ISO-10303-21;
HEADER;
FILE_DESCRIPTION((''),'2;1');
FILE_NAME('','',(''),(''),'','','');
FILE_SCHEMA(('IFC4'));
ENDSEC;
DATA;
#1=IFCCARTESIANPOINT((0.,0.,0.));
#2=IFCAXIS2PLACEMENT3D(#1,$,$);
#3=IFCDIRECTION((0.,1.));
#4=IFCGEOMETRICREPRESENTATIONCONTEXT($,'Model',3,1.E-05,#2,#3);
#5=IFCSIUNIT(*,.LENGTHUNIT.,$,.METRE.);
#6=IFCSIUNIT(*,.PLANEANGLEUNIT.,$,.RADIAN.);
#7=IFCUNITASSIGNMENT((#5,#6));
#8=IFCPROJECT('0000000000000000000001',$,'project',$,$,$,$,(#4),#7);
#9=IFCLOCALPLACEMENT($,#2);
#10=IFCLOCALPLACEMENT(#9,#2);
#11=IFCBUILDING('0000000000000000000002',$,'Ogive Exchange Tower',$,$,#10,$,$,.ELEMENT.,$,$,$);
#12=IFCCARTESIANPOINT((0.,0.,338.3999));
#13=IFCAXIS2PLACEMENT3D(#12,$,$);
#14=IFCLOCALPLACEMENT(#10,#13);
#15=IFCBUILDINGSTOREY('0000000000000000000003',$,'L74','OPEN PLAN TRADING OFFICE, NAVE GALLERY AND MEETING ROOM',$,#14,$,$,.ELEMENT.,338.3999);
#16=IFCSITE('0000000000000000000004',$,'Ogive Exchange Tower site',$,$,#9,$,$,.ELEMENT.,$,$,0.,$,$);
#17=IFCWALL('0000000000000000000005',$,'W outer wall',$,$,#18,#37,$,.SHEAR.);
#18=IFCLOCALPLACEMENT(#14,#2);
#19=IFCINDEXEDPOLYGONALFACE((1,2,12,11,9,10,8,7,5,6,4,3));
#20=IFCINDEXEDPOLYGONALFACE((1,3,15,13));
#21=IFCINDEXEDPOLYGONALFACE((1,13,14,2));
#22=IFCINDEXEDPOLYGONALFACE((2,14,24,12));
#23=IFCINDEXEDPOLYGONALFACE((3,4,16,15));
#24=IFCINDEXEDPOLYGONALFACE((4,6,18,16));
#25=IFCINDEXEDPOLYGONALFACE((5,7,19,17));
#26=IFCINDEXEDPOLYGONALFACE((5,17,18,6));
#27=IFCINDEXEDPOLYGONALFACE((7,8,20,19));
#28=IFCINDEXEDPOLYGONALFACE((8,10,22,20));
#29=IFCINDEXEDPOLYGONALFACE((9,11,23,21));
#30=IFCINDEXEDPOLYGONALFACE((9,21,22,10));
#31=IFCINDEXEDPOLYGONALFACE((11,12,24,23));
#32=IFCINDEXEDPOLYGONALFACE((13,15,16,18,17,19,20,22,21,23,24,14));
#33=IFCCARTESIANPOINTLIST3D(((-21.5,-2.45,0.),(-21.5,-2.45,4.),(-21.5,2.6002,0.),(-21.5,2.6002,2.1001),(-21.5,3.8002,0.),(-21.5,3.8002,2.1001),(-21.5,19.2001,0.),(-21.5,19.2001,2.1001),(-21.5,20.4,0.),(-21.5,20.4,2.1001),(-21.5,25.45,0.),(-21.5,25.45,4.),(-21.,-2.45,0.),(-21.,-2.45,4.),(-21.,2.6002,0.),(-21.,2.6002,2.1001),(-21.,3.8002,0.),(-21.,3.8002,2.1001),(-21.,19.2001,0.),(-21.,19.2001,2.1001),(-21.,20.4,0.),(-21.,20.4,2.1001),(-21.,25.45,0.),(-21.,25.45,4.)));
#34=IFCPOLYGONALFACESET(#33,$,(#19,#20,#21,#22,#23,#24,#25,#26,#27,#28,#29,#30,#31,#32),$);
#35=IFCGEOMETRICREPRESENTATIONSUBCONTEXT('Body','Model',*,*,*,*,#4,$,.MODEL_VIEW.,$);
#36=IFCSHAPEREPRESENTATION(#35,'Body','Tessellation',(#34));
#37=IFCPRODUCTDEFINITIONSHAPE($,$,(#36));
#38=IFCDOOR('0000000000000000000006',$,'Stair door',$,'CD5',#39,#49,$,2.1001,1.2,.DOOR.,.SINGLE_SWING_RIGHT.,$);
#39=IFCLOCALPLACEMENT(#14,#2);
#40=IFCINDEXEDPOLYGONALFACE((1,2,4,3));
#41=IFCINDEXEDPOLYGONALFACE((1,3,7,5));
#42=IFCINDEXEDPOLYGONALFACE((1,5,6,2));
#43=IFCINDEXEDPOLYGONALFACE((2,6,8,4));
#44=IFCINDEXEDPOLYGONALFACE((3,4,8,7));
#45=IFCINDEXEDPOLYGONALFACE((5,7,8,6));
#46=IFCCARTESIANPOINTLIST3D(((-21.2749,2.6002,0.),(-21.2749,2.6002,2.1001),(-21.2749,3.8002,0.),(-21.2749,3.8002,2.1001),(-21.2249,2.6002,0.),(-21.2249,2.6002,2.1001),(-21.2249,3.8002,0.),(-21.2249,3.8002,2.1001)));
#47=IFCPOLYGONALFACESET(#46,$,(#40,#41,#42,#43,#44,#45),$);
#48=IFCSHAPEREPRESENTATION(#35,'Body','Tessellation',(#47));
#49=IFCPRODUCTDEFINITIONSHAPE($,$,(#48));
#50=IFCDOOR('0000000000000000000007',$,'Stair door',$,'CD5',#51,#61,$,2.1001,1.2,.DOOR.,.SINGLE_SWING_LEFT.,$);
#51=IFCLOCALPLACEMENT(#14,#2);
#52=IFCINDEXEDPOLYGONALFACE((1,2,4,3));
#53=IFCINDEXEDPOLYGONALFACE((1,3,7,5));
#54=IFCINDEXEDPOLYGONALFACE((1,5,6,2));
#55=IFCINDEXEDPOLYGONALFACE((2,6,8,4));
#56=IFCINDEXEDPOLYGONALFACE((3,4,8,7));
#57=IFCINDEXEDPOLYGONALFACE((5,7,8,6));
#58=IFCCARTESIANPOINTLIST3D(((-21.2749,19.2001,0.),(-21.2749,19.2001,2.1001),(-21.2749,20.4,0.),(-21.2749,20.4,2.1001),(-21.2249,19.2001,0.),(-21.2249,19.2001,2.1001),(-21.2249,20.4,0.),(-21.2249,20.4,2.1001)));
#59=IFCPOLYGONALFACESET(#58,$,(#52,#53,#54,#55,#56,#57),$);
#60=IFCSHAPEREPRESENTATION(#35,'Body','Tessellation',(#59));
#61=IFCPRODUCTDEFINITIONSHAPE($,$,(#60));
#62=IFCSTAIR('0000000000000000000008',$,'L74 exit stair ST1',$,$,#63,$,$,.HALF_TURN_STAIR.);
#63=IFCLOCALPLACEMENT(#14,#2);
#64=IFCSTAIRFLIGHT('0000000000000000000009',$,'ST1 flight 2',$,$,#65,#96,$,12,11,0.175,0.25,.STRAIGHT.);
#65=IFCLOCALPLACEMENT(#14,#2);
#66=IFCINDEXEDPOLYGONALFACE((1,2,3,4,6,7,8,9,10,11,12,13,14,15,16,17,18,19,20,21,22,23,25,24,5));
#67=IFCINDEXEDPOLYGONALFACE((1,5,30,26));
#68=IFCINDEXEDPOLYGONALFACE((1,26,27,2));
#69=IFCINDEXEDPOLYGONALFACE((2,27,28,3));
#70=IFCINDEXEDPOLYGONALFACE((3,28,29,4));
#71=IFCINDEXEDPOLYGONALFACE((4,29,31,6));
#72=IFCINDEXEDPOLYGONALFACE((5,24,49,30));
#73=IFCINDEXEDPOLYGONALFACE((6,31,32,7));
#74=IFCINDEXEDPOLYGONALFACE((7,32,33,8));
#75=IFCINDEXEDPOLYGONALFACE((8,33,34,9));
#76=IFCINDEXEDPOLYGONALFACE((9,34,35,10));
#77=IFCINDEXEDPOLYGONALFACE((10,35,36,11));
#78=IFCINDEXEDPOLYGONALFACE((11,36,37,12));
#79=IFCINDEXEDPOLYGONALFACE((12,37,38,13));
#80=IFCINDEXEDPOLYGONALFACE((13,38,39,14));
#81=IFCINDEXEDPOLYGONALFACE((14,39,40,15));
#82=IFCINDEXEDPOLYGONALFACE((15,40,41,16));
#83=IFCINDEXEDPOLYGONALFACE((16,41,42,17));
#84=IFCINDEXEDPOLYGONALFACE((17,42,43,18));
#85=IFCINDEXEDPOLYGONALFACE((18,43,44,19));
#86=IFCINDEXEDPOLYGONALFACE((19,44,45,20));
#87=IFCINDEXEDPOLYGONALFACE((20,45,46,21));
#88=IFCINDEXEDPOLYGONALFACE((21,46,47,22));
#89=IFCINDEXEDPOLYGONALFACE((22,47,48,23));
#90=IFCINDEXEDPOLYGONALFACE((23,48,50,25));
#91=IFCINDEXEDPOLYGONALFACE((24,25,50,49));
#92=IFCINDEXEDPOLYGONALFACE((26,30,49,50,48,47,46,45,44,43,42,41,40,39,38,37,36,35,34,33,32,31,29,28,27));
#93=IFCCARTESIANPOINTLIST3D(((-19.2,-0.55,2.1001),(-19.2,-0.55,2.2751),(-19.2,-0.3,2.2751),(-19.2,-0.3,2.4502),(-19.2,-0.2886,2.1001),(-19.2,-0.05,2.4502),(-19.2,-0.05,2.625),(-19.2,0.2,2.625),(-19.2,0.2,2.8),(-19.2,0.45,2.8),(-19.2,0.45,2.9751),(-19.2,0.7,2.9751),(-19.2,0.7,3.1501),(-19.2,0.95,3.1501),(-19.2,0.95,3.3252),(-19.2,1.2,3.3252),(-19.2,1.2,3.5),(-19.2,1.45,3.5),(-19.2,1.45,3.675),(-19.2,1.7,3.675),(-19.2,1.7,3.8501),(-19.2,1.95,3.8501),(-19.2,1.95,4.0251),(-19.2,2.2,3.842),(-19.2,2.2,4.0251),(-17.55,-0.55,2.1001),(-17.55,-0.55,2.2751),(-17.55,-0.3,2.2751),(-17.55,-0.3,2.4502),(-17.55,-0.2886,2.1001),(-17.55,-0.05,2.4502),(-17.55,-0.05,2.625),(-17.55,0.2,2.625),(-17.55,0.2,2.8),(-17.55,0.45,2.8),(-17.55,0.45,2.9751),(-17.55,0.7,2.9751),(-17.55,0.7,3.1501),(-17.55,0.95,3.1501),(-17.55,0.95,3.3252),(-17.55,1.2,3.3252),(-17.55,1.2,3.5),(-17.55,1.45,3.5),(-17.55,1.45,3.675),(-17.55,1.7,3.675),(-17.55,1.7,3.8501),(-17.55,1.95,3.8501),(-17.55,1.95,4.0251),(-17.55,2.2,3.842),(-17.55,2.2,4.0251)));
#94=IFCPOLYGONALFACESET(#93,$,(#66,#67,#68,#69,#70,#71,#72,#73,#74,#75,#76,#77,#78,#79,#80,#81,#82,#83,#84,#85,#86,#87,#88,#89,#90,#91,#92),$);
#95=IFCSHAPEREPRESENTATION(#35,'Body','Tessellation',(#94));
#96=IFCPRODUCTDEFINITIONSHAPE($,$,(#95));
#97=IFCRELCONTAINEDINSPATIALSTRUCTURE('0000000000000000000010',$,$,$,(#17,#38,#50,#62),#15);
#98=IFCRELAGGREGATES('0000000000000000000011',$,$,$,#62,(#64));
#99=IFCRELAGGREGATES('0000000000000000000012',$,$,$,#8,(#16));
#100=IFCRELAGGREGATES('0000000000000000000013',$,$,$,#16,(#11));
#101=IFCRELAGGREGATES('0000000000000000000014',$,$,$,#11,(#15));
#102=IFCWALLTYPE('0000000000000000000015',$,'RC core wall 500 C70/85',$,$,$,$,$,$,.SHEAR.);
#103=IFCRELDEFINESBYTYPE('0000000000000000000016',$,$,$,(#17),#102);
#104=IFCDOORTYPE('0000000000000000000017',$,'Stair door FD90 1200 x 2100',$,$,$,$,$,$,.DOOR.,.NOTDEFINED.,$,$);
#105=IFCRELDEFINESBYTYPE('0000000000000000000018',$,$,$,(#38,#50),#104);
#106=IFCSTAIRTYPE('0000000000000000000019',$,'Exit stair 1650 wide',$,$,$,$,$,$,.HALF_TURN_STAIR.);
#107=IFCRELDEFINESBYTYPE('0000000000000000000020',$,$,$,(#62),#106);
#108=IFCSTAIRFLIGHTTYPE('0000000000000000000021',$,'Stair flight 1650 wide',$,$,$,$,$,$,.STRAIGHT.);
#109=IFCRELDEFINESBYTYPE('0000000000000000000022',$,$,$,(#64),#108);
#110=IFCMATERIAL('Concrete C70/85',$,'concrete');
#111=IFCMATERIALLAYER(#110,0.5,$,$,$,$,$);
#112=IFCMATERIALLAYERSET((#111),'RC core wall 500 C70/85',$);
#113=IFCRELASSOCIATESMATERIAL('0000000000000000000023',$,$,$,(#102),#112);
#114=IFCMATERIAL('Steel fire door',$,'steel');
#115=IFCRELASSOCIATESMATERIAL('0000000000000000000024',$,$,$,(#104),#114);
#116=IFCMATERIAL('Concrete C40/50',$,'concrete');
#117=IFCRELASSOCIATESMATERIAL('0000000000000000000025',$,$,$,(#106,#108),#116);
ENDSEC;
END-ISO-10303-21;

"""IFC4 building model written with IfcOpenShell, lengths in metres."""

from ifc_helpers import new_model, si_unit, direction, frame, frame_2d, origin, place, context, subcontext, project, spatial, polyline, rectangle, outline, extrude, material, layer, layer_set, type_object, element, fill, aggregate, save


model = new_model("IFC4")

# Units and contexts
model_context = context("Model", 3, precision=1e-05, world=origin(), true_north=direction((0.0, 1.0)))
body_context = subcontext(model_context, "Body", "Model", "MODEL_VIEW")
ifc_project = project(units=[si_unit("LENGTHUNIT", "METRE"), si_unit("PLANEANGLEUNIT", "RADIAN")], contexts=[model_context])

# Site, building, storey
site_placement = place(None, origin())
site = spatial("IfcSite", under=ifc_project, at=site_placement, Name="Ogive Exchange Tower site", CompositionType="ELEMENT", RefElevation=0.0)
building_placement = place(site_placement, origin())
building = spatial("IfcBuilding", under=site, at=building_placement, Name="Ogive Exchange Tower", CompositionType="ELEMENT")
storey_placement = place(building_placement, frame((0.0, 0.0, 338.3999)))
storey = spatial("IfcBuildingStorey", under=building, at=storey_placement, Name="L74", Description="OPEN PLAN TRADING OFFICE, NAVE GALLERY AND MEETING ROOM", CompositionType="ELEMENT", Elevation=338.3999)

# Shared definitions
ifc_material_1 = material(Name="Concrete C70/85", Category="concrete")

# Wall, openings, doors
ifc_layer_1 = layer(ifc_material_1, 0.5)
ifc_layer_set_1 = layer_set([ifc_layer_1], Name="RC core wall 500 C70/85")
wall_type_1 = type_object("IfcWallType", Name="RC core wall 500 C70/85", PredefinedType="SHEAR", material=ifc_layer_set_1)
wall_1_placement = place(storey_placement, frame((-21.25, -2.45, 0.0), z_axis=(0.0, 0.0, 1.0), x_axis=(0.0, 1.0, 0.0)))
wall_1 = element("IfcWall", 1, at=wall_1_placement, inside=storey, type_object=wall_type_1, Name="W outer wall", PredefinedType="SHEAR", context=body_context, shape_type="SweptSolid", body=[
    extrude(rectangle(XDim=27.8999, YDim=0.5, at=frame_2d((13.95, 0.0))), origin(), (0.0, 0.0, 1.0), 4.0),
])
opening_1_placement = place(wall_1_placement, frame((5.05, 0.0, 0.0)))
opening_1 = element("IfcOpeningElement", 2, at=opening_1_placement, cuts=wall_1, PredefinedType="OPENING", context=body_context, shape_type="SweptSolid", body=[
    extrude(rectangle(XDim=1.2, YDim=2.1001, at=frame_2d((0.6001, 1.05))), frame((0.0, 0.26, 0.0), z_axis=(0.0, -1.0, 0.0), x_axis=(1.0, 0.0, 0.0)), (0.0, 0.0, 1.0), 0.52),
])
opening_2_placement = place(wall_1_placement, frame((21.6499, 0.0, 0.0)))
opening_2 = element("IfcOpeningElement", 3, at=opening_2_placement, cuts=wall_1, PredefinedType="OPENING", context=body_context, shape_type="SweptSolid", body=[
    extrude(rectangle(XDim=1.2, YDim=2.1001, at=frame_2d((0.6001, 1.05))), frame((0.0, 0.26, 0.0), z_axis=(0.0, -1.0, 0.0), x_axis=(1.0, 0.0, 0.0)), (0.0, 0.0, 1.0), 0.52),
])
ifc_material_2 = material(Name="Steel fire door", Category="steel")
door_type_1 = type_object("IfcDoorType", Name="Stair door FD90 1200 x 2100", OperationType="NOTDEFINED", PredefinedType="DOOR", material=ifc_material_2)
door_1_placement = place(opening_1_placement, origin())
door_1 = element("IfcDoor", 4, at=door_1_placement, inside=storey, type_object=door_type_1, Name="Stair door", ObjectType="CD5", OperationType="SINGLE_SWING_RIGHT", OverallHeight=2.1001, OverallWidth=1.2, PredefinedType="DOOR", context=body_context, shape_type="SweptSolid", body=[
    extrude(rectangle(XDim=1.2, YDim=2.1001, at=frame_2d((0.6001, 1.05))), frame((0.0, 0.0249, 0.0), z_axis=(0.0, -1.0, 0.0), x_axis=(1.0, 0.0, 0.0)), (0.0, 0.0, 1.0), 0.05),
])
fill(opening_1, door_1)
door_2_placement = place(opening_2_placement, origin())
door_2 = element("IfcDoor", 5, at=door_2_placement, inside=storey, type_object=door_type_1, Name="Stair door", ObjectType="CD5", OperationType="SINGLE_SWING_LEFT", OverallHeight=2.1001, OverallWidth=1.2, PredefinedType="DOOR", context=body_context, shape_type="SweptSolid", body=[
    extrude(rectangle(XDim=1.2, YDim=2.1001, at=frame_2d((0.6001, 1.05))), frame((0.0, 0.0249, 0.0), z_axis=(0.0, -1.0, 0.0), x_axis=(1.0, 0.0, 0.0)), (0.0, 0.0, 1.0), 0.05),
])
fill(opening_2, door_2)

# Stair, stair flight
ifc_material_3 = material(Name="Concrete C40/50", Category="concrete")
stair_type = type_object("IfcStairType", Name="Exit stair 1650 wide", PredefinedType="HALF_TURN_STAIR", material=ifc_material_3)
stair_placement = place(storey_placement, origin())
stair = element("IfcStair", 6, at=stair_placement, inside=storey, type_object=stair_type, Name="L74 exit stair ST1", PredefinedType="HALF_TURN_STAIR")
stair_flight_type = type_object("IfcStairFlightType", Name="Stair flight 1650 wide", PredefinedType="STRAIGHT", material=ifc_material_3)
stair_flight_placement = place(storey_placement, frame((-18.375, -0.55, 2.1001), z_axis=(0.0, 0.0, 1.0), x_axis=(0.0, 1.0, 0.0)))
stair_flight = element("IfcStairFlight", 7, at=stair_flight_placement, type_object=stair_flight_type, Name="ST1 flight 2", NumberOfRisers=12, NumberOfTreads=11, PredefinedType="STRAIGHT", RiserHeight=0.175, TreadLength=0.25, context=body_context, shape_type="SweptSolid", body=[
    extrude(outline(polyline([(0.0, 0.0), (0.0, 0.175), (0.25, 0.175), (0.25, 0.3501), (0.5, 0.3501), (0.5, 0.5249), (0.75, 0.5249), (0.75, 0.7), (1.0, 0.7), (1.0, 0.875), (1.25, 0.875), (1.25, 1.05), (1.5, 1.05), (1.5, 1.2251), (1.75, 1.2251), (1.75, 1.3999), (2.0, 1.3999), (2.0, 1.575), (2.25, 1.575), (2.25, 1.75), (2.5, 1.75), (2.5, 1.925), (2.75, 1.925), (2.75, 2.1001), (2.75, 1.7419), (0.2615, 0.0), (0.0, 0.0)])), frame((0.0, 0.825, 0.0), z_axis=(0.0, -1.0, 0.0), x_axis=(1.0, 0.0, 0.0)), (0.0, 0.0, 1.0), 1.6499),
])
aggregate(stair, [stair_flight])

save(model, "model.ifc")
